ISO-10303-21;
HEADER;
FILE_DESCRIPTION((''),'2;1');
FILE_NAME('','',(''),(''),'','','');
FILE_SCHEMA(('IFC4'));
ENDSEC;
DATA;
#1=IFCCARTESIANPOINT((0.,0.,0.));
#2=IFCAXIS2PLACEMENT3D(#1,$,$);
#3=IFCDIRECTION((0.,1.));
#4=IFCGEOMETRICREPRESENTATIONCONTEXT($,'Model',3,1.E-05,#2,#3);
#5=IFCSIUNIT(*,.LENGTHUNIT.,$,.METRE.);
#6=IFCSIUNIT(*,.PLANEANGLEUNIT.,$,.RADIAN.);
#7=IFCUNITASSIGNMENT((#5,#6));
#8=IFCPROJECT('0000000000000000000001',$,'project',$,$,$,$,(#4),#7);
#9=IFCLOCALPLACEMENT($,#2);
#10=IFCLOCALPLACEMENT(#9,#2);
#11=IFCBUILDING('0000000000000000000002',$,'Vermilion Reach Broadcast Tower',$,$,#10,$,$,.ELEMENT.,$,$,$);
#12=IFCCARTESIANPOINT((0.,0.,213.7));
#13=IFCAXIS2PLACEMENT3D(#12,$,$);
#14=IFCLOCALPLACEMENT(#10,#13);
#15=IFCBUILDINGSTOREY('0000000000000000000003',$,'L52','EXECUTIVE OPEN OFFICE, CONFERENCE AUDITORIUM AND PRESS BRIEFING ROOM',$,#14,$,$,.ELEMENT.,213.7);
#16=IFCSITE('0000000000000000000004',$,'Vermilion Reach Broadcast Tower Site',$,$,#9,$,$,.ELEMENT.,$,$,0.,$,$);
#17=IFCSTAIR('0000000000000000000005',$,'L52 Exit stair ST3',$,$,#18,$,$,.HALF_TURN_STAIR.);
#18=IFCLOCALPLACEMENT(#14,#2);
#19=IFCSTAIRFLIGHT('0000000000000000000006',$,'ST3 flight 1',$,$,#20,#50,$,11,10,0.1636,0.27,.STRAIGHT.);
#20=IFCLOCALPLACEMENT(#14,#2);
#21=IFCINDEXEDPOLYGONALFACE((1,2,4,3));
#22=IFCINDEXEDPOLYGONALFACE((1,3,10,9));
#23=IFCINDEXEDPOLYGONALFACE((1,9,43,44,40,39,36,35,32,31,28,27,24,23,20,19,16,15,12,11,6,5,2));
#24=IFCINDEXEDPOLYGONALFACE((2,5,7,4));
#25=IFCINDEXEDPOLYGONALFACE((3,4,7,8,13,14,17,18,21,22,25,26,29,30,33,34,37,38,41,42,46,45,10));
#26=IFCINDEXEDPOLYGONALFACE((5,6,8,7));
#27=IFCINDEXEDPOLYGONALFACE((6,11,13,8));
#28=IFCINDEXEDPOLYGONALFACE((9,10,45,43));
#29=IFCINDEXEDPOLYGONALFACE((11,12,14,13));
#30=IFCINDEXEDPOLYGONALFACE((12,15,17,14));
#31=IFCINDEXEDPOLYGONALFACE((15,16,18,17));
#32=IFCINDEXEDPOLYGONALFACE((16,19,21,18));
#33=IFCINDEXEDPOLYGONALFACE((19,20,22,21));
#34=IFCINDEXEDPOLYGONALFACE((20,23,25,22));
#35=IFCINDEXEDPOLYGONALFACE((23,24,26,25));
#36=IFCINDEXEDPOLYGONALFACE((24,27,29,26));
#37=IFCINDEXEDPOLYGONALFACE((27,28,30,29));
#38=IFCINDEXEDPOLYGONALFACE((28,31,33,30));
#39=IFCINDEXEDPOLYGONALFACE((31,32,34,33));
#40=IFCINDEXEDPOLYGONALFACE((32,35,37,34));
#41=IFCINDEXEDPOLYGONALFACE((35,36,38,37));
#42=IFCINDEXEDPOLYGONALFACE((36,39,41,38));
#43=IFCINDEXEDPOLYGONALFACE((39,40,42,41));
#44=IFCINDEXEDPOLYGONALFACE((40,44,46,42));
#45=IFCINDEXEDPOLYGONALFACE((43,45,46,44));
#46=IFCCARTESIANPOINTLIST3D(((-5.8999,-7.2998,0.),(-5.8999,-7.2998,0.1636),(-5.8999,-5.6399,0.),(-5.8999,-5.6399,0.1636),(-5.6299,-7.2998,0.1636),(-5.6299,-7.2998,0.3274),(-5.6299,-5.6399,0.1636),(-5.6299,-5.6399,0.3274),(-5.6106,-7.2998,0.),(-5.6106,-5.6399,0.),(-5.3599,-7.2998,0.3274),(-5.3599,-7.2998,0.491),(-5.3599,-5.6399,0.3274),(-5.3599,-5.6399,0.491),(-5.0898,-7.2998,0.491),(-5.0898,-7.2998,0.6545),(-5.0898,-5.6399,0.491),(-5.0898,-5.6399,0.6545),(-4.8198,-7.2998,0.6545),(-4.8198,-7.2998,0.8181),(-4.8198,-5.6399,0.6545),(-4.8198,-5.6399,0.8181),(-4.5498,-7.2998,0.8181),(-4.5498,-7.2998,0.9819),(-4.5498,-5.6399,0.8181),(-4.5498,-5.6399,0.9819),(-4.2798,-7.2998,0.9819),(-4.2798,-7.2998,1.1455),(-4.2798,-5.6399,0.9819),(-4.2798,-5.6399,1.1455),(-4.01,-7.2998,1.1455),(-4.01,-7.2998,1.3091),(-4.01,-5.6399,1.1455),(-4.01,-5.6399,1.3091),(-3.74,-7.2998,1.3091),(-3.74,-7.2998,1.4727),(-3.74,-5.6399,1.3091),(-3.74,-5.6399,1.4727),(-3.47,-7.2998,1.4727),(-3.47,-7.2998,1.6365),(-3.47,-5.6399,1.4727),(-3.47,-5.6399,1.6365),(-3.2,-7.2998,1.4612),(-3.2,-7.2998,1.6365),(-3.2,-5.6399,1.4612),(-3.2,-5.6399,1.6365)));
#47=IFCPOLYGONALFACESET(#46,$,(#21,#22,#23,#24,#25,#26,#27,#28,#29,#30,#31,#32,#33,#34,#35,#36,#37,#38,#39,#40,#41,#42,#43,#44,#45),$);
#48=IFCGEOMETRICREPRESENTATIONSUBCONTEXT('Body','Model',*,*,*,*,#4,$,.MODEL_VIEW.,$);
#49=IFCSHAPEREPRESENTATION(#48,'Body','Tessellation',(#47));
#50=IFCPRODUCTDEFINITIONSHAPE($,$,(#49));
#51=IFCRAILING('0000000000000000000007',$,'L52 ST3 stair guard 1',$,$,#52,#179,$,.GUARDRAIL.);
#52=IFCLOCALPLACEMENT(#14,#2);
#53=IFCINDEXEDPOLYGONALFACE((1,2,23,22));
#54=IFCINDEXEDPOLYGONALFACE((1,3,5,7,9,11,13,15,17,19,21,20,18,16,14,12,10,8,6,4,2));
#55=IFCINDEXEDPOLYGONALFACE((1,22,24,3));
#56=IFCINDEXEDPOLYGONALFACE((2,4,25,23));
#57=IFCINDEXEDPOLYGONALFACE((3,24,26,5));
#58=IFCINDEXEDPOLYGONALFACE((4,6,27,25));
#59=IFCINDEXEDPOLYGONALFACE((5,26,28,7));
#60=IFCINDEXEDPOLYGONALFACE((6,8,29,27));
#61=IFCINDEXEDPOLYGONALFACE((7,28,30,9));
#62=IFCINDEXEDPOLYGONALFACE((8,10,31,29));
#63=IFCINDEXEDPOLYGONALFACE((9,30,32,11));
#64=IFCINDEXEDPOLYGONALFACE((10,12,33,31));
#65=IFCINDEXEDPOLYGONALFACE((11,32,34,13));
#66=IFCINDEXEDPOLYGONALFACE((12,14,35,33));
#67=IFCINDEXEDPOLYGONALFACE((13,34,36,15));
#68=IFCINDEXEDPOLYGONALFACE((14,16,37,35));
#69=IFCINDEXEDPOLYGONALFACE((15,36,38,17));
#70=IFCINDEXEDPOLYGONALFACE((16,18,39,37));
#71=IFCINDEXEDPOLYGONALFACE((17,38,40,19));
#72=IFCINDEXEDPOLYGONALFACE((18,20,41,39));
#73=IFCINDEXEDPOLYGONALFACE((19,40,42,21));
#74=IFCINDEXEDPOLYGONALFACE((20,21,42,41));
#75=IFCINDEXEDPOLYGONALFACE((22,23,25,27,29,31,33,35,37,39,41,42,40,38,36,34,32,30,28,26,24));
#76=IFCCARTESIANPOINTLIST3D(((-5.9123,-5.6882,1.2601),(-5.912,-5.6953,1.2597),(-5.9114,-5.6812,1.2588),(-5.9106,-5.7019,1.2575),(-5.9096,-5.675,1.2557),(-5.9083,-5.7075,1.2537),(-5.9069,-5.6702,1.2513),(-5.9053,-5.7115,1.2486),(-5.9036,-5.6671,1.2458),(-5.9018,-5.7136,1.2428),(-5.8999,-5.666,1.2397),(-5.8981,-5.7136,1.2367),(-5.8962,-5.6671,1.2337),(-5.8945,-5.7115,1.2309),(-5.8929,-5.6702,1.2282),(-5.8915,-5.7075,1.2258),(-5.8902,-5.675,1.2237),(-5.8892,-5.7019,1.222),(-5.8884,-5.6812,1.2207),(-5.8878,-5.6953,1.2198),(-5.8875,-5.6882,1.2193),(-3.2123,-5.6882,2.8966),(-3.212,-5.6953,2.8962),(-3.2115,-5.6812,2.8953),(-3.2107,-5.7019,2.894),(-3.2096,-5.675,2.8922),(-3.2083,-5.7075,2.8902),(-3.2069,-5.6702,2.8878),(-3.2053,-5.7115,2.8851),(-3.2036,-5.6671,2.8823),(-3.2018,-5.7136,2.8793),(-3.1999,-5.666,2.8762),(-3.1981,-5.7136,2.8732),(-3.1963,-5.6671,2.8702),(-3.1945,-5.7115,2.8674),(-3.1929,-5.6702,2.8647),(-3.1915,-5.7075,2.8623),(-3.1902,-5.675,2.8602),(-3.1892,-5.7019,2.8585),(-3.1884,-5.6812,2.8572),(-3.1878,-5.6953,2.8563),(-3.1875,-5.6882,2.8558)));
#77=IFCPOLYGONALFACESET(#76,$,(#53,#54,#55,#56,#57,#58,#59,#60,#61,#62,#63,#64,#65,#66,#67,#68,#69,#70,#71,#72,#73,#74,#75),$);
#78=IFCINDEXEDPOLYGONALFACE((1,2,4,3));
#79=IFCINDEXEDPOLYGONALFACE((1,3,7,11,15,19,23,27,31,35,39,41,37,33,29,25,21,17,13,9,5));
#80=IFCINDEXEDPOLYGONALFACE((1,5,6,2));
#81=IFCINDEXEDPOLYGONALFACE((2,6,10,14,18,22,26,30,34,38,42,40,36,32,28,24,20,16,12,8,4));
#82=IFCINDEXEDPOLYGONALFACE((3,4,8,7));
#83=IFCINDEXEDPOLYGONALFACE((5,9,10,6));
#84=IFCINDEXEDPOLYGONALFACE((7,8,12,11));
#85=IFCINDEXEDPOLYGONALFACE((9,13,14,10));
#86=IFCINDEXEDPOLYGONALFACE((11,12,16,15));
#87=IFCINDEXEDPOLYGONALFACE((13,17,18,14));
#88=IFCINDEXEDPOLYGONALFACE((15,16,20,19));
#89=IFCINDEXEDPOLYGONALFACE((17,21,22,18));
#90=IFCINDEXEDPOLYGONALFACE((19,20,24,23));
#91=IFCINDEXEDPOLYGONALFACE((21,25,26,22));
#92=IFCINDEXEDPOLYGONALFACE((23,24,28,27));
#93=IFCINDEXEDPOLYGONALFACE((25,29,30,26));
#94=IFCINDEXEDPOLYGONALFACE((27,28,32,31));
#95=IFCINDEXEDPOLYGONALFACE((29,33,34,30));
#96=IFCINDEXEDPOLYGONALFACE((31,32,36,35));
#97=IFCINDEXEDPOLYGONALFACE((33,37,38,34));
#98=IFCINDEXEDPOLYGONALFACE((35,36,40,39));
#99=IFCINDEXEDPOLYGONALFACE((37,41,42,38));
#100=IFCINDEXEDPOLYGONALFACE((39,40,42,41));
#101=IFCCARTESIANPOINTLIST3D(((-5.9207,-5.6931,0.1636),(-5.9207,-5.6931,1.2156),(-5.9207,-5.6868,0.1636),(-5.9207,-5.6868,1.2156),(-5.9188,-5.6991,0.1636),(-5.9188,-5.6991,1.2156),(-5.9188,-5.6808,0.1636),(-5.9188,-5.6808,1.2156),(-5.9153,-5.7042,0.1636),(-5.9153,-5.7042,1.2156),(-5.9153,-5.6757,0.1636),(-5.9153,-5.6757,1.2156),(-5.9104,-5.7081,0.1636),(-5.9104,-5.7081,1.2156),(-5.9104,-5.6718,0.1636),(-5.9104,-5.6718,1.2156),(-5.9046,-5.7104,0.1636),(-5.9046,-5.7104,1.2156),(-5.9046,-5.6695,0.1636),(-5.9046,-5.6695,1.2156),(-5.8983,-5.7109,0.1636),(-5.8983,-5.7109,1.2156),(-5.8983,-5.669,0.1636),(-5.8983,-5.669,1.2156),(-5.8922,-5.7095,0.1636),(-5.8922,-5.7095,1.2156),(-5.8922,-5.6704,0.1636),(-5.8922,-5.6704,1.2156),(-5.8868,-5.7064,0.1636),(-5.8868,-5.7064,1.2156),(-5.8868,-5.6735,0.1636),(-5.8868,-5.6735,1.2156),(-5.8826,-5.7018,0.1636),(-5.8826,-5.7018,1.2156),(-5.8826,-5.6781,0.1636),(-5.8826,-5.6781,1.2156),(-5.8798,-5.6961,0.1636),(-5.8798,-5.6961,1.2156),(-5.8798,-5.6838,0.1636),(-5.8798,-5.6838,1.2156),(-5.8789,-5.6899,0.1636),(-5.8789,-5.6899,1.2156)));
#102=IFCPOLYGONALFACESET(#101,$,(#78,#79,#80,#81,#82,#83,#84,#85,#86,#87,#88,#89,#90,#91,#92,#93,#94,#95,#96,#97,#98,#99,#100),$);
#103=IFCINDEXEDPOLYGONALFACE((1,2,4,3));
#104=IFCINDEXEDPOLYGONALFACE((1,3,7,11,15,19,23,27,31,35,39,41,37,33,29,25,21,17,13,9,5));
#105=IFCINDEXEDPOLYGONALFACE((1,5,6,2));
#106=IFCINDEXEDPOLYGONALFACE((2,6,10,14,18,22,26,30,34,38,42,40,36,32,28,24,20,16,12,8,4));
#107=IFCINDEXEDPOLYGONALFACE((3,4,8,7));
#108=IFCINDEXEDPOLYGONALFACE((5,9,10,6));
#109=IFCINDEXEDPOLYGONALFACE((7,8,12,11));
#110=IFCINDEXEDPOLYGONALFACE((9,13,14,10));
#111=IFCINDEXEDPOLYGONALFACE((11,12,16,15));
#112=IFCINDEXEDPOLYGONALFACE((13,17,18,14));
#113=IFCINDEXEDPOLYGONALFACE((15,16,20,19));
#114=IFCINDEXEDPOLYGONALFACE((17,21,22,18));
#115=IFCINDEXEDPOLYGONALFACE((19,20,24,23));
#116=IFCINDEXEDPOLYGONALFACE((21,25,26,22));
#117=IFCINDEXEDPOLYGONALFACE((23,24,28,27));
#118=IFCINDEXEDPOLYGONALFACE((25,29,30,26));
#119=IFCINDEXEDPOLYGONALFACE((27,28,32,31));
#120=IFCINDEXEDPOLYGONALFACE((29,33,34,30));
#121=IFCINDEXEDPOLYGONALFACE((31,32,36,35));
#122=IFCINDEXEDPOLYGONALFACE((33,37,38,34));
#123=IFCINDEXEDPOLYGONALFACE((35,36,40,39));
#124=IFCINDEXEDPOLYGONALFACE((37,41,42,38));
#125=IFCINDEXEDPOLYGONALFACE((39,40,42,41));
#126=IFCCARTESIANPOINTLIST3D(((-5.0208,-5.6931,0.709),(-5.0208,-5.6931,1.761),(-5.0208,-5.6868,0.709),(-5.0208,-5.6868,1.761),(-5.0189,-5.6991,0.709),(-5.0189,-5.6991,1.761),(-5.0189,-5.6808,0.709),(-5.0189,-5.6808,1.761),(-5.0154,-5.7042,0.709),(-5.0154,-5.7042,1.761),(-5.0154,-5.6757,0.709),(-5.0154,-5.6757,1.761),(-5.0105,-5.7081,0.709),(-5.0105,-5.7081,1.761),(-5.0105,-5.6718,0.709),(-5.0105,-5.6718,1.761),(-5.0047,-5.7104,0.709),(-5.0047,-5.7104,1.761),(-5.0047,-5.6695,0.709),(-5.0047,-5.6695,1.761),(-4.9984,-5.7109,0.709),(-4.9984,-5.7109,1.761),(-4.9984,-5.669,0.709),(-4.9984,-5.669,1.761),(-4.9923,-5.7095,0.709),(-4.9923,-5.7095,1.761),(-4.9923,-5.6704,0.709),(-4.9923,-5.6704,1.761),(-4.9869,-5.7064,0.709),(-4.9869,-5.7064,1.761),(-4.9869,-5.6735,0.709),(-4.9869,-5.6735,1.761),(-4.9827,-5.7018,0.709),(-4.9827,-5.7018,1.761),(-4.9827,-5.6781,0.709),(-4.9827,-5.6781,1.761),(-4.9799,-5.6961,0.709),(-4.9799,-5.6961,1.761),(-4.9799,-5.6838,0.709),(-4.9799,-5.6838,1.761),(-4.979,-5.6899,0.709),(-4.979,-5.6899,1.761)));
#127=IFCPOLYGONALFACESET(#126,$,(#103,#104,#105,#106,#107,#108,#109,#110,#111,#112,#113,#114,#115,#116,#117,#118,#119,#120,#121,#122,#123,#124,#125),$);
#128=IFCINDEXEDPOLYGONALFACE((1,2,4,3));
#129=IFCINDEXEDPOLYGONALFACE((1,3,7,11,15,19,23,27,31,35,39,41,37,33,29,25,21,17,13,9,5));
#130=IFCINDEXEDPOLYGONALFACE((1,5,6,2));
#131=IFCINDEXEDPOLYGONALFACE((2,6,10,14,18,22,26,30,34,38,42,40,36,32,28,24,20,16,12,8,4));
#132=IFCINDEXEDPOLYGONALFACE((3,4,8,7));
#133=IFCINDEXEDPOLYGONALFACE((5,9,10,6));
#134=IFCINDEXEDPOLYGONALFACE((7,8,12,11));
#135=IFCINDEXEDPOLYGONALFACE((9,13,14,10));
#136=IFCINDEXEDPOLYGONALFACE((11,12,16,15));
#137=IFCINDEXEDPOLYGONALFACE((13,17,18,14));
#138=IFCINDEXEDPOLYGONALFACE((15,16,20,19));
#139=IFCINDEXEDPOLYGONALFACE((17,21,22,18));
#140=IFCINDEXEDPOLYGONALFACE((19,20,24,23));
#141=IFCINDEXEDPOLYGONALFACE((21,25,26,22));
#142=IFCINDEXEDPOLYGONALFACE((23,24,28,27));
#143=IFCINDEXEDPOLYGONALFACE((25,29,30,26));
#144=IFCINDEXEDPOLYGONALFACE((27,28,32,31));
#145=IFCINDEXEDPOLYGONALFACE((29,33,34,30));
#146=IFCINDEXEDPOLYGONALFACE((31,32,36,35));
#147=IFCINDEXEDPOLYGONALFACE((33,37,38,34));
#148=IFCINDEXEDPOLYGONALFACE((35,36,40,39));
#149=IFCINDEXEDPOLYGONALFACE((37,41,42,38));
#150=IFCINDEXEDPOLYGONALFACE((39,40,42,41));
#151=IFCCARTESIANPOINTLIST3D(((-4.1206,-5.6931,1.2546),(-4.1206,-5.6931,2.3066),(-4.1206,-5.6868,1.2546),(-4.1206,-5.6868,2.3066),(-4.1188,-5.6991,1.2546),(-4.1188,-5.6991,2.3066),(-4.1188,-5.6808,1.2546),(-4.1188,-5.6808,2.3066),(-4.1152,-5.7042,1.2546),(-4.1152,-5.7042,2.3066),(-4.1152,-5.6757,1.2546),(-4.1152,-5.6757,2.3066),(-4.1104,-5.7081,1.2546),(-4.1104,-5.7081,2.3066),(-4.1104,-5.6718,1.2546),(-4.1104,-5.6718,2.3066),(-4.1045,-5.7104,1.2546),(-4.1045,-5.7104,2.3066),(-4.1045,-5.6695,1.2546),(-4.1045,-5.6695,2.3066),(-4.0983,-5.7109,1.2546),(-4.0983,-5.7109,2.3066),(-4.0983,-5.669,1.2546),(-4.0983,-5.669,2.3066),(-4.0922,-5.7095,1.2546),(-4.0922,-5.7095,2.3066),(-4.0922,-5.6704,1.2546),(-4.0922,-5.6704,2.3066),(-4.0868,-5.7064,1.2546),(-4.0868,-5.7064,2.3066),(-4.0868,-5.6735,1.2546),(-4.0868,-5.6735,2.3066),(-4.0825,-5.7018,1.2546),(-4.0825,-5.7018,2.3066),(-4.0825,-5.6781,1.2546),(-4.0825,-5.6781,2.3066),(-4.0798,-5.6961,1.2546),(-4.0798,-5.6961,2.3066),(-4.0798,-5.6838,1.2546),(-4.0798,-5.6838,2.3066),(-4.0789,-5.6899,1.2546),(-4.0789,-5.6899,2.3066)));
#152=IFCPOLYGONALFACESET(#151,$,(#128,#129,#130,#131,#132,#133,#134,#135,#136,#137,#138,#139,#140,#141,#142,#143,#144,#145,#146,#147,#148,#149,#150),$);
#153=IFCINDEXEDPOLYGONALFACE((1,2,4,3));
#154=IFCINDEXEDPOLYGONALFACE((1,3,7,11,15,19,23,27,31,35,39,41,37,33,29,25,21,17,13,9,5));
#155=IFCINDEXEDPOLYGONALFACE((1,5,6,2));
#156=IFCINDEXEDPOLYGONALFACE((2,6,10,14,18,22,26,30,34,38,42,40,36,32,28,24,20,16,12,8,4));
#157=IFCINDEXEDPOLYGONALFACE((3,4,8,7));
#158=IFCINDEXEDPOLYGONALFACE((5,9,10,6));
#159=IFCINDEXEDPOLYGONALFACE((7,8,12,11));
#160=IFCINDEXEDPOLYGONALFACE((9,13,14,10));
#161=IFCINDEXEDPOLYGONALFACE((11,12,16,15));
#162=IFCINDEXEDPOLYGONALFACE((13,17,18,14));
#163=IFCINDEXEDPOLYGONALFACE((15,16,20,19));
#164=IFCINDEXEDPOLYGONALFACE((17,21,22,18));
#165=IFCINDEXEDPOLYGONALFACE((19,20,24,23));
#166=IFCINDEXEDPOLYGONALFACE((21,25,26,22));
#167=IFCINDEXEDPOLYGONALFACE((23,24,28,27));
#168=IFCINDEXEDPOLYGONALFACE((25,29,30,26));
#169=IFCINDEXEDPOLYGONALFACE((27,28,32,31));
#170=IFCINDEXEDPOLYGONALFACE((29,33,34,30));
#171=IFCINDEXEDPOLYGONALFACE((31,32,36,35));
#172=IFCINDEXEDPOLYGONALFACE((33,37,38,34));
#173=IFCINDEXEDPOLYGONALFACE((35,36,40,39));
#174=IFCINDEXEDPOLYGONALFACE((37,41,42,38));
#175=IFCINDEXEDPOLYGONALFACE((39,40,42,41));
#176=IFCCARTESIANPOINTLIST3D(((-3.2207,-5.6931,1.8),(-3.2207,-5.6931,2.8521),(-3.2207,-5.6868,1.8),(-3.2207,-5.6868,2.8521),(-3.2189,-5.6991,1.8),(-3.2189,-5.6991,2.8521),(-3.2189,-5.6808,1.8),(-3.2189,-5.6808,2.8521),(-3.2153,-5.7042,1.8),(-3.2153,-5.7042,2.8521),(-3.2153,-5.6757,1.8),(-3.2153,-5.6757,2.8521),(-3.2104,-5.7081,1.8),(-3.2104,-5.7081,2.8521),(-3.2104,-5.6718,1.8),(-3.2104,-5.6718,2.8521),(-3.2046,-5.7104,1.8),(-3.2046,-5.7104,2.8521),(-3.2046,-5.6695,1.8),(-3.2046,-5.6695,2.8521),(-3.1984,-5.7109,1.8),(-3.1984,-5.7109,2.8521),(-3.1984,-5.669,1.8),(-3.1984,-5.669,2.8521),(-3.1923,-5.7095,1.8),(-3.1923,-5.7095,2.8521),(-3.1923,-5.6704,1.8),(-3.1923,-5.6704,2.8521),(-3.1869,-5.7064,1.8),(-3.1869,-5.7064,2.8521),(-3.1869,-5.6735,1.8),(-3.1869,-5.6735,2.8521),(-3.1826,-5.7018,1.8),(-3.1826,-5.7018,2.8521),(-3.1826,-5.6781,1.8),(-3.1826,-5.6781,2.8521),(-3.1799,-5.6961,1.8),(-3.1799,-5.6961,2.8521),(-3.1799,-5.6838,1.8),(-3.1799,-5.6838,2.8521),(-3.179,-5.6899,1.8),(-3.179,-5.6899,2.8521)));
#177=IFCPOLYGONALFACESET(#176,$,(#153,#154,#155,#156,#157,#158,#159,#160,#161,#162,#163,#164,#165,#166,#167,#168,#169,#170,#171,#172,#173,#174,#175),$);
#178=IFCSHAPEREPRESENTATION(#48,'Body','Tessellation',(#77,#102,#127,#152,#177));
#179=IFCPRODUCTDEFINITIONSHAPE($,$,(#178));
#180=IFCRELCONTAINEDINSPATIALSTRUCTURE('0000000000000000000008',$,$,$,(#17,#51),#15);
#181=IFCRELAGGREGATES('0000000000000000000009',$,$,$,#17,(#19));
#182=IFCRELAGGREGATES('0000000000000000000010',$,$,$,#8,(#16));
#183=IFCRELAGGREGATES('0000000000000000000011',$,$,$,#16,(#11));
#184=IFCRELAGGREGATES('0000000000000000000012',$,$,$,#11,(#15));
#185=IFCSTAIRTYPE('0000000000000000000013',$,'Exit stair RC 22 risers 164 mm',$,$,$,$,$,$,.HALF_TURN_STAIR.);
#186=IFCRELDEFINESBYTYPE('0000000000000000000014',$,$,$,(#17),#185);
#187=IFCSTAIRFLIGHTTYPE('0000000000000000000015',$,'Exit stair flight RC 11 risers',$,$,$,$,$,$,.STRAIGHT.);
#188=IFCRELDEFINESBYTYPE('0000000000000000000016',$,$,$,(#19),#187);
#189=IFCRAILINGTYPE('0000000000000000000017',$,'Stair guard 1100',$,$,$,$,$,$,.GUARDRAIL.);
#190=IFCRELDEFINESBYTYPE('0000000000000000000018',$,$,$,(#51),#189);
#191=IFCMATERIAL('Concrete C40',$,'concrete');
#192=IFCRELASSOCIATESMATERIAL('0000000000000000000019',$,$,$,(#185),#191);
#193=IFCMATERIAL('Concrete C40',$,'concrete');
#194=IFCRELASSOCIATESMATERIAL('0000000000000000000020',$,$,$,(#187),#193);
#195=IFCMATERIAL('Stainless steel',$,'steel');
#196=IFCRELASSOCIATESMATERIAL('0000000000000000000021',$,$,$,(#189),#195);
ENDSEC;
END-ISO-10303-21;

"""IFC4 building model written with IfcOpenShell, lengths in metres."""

from ifc_helpers import new_model, si_unit, direction, frame, origin, origin_2d, place, context, subcontext, project, spatial, polyline, circle, outline, extrude, material, type_object, element, aggregate, save


model = new_model("IFC4")

# Units and contexts
model_context = context("Model", 3, precision=1e-05, world=origin(), true_north=direction((0.0, 1.0)))
body_context = subcontext(model_context, "Body", "Model", "MODEL_VIEW")
ifc_project = project(units=[si_unit("LENGTHUNIT", "METRE"), si_unit("PLANEANGLEUNIT", "RADIAN")], contexts=[model_context])

# Site, building, storey
site_placement = place(None, origin())
site = spatial("IfcSite", under=ifc_project, at=site_placement, Name="Vermilion Reach Broadcast Tower Site", CompositionType="ELEMENT", RefElevation=0.0)
building_placement = place(site_placement, origin())
building = spatial("IfcBuilding", under=site, at=building_placement, Name="Vermilion Reach Broadcast Tower", CompositionType="ELEMENT")
storey_placement = place(building_placement, frame((0.0, 0.0, 213.7)))
storey = spatial("IfcBuildingStorey", under=building, at=storey_placement, Name="L52", Description="EXECUTIVE OPEN OFFICE, CONFERENCE AUDITORIUM AND PRESS BRIEFING ROOM", CompositionType="ELEMENT", Elevation=213.7)

# Stair, stair flight
ifc_material_1 = material(Name="Concrete C40", Category="concrete")
stair_type = type_object("IfcStairType", Name="Exit stair RC 22 risers 164 mm", PredefinedType="HALF_TURN_STAIR", material=ifc_material_1)
stair_placement = place(storey_placement, origin())
stair = element("IfcStair", 1, at=stair_placement, inside=storey, type_object=stair_type, Name="L52 Exit stair ST3", PredefinedType="HALF_TURN_STAIR")
ifc_material_2 = material(Name="Concrete C40", Category="concrete")
stair_flight_type = type_object("IfcStairFlightType", Name="Exit stair flight RC 11 risers", PredefinedType="STRAIGHT", material=ifc_material_2)
stair_flight_placement = place(storey_placement, frame((-5.8999, -6.47, 0.0), z_axis=(0.0, 0.0, 1.0), x_axis=(1.0, 0.0, 0.0)))
stair_flight = element("IfcStairFlight", 2, at=stair_flight_placement, type_object=stair_flight_type, Name="ST3 flight 1", NumberOfRisers=11, NumberOfTreads=10, PredefinedType="STRAIGHT", RiserHeight=0.1636, TreadLength=0.27, context=body_context, shape_type="SweptSolid", body=[
    extrude(outline(polyline([(0.0, 0.0), (0.0, 0.1636), (0.27, 0.1636), (0.27, 0.3274), (0.54, 0.3274), (0.54, 0.491), (0.8101, 0.491), (0.8101, 0.6545), (1.0801, 0.6545), (1.0801, 0.8181), (1.3501, 0.8181), (1.3501, 0.9819), (1.6201, 0.9819), (1.6201, 1.1455), (1.8899, 1.1455), (1.8899, 1.3091), (2.1599, 1.3091), (2.1599, 1.4727), (2.4299, 1.4727), (2.4299, 1.6365), (2.7, 1.6365), (2.7, 1.8), (2.7, 1.4612), (0.2893, 0.0), (0.0, 0.0)])), frame((0.0, 0.8301, 0.0), z_axis=(0.0, -1.0, 0.0), x_axis=(1.0, 0.0, 0.0)), (0.0, 0.0, 1.0), 1.6599),
])
aggregate(stair, [stair_flight])

# Railing
ifc_material_3 = material(Name="Stainless steel", Category="steel")
railing_type_1 = type_object("IfcRailingType", Name="Stair guard 1100", PredefinedType="GUARDRAIL", material=ifc_material_3)
railing_1_placement = place(storey_placement, frame((-5.8999, -5.6899, 0.1636)))
element("IfcRailing", 3, at=railing_1_placement, inside=storey, type_object=railing_type_1, Name="L52 ST3 stair guard 1", PredefinedType="GUARDRAIL", context=body_context, shape_type="SweptSolid", body=[
    extrude(circle(Radius=0.0239, at=origin_2d()), frame((0.0, 0.0, 1.0762), z_axis=(0.855178, 0.0, 0.518334), x_axis=(0.0, 1.0, 0.0)), (0.0, 0.0, 1.0), 3.1572),
    extrude(circle(Radius=0.021, at=origin_2d()), origin(), (0.0, 0.0, 1.0), 1.052),
    extrude(circle(Radius=0.021, at=origin_2d()), frame((0.8999, 0.0, 0.5454)), (0.0, 0.0, 1.0), 1.052),
    extrude(circle(Radius=0.021, at=origin_2d()), frame((1.8, 0.0, 1.0911)), (0.0, 0.0, 1.0), 1.052),
    extrude(circle(Radius=0.021, at=origin_2d()), frame((2.7, 0.0, 1.6365)), (0.0, 0.0, 1.0), 1.052),
])

save(model, "model.ifc")
